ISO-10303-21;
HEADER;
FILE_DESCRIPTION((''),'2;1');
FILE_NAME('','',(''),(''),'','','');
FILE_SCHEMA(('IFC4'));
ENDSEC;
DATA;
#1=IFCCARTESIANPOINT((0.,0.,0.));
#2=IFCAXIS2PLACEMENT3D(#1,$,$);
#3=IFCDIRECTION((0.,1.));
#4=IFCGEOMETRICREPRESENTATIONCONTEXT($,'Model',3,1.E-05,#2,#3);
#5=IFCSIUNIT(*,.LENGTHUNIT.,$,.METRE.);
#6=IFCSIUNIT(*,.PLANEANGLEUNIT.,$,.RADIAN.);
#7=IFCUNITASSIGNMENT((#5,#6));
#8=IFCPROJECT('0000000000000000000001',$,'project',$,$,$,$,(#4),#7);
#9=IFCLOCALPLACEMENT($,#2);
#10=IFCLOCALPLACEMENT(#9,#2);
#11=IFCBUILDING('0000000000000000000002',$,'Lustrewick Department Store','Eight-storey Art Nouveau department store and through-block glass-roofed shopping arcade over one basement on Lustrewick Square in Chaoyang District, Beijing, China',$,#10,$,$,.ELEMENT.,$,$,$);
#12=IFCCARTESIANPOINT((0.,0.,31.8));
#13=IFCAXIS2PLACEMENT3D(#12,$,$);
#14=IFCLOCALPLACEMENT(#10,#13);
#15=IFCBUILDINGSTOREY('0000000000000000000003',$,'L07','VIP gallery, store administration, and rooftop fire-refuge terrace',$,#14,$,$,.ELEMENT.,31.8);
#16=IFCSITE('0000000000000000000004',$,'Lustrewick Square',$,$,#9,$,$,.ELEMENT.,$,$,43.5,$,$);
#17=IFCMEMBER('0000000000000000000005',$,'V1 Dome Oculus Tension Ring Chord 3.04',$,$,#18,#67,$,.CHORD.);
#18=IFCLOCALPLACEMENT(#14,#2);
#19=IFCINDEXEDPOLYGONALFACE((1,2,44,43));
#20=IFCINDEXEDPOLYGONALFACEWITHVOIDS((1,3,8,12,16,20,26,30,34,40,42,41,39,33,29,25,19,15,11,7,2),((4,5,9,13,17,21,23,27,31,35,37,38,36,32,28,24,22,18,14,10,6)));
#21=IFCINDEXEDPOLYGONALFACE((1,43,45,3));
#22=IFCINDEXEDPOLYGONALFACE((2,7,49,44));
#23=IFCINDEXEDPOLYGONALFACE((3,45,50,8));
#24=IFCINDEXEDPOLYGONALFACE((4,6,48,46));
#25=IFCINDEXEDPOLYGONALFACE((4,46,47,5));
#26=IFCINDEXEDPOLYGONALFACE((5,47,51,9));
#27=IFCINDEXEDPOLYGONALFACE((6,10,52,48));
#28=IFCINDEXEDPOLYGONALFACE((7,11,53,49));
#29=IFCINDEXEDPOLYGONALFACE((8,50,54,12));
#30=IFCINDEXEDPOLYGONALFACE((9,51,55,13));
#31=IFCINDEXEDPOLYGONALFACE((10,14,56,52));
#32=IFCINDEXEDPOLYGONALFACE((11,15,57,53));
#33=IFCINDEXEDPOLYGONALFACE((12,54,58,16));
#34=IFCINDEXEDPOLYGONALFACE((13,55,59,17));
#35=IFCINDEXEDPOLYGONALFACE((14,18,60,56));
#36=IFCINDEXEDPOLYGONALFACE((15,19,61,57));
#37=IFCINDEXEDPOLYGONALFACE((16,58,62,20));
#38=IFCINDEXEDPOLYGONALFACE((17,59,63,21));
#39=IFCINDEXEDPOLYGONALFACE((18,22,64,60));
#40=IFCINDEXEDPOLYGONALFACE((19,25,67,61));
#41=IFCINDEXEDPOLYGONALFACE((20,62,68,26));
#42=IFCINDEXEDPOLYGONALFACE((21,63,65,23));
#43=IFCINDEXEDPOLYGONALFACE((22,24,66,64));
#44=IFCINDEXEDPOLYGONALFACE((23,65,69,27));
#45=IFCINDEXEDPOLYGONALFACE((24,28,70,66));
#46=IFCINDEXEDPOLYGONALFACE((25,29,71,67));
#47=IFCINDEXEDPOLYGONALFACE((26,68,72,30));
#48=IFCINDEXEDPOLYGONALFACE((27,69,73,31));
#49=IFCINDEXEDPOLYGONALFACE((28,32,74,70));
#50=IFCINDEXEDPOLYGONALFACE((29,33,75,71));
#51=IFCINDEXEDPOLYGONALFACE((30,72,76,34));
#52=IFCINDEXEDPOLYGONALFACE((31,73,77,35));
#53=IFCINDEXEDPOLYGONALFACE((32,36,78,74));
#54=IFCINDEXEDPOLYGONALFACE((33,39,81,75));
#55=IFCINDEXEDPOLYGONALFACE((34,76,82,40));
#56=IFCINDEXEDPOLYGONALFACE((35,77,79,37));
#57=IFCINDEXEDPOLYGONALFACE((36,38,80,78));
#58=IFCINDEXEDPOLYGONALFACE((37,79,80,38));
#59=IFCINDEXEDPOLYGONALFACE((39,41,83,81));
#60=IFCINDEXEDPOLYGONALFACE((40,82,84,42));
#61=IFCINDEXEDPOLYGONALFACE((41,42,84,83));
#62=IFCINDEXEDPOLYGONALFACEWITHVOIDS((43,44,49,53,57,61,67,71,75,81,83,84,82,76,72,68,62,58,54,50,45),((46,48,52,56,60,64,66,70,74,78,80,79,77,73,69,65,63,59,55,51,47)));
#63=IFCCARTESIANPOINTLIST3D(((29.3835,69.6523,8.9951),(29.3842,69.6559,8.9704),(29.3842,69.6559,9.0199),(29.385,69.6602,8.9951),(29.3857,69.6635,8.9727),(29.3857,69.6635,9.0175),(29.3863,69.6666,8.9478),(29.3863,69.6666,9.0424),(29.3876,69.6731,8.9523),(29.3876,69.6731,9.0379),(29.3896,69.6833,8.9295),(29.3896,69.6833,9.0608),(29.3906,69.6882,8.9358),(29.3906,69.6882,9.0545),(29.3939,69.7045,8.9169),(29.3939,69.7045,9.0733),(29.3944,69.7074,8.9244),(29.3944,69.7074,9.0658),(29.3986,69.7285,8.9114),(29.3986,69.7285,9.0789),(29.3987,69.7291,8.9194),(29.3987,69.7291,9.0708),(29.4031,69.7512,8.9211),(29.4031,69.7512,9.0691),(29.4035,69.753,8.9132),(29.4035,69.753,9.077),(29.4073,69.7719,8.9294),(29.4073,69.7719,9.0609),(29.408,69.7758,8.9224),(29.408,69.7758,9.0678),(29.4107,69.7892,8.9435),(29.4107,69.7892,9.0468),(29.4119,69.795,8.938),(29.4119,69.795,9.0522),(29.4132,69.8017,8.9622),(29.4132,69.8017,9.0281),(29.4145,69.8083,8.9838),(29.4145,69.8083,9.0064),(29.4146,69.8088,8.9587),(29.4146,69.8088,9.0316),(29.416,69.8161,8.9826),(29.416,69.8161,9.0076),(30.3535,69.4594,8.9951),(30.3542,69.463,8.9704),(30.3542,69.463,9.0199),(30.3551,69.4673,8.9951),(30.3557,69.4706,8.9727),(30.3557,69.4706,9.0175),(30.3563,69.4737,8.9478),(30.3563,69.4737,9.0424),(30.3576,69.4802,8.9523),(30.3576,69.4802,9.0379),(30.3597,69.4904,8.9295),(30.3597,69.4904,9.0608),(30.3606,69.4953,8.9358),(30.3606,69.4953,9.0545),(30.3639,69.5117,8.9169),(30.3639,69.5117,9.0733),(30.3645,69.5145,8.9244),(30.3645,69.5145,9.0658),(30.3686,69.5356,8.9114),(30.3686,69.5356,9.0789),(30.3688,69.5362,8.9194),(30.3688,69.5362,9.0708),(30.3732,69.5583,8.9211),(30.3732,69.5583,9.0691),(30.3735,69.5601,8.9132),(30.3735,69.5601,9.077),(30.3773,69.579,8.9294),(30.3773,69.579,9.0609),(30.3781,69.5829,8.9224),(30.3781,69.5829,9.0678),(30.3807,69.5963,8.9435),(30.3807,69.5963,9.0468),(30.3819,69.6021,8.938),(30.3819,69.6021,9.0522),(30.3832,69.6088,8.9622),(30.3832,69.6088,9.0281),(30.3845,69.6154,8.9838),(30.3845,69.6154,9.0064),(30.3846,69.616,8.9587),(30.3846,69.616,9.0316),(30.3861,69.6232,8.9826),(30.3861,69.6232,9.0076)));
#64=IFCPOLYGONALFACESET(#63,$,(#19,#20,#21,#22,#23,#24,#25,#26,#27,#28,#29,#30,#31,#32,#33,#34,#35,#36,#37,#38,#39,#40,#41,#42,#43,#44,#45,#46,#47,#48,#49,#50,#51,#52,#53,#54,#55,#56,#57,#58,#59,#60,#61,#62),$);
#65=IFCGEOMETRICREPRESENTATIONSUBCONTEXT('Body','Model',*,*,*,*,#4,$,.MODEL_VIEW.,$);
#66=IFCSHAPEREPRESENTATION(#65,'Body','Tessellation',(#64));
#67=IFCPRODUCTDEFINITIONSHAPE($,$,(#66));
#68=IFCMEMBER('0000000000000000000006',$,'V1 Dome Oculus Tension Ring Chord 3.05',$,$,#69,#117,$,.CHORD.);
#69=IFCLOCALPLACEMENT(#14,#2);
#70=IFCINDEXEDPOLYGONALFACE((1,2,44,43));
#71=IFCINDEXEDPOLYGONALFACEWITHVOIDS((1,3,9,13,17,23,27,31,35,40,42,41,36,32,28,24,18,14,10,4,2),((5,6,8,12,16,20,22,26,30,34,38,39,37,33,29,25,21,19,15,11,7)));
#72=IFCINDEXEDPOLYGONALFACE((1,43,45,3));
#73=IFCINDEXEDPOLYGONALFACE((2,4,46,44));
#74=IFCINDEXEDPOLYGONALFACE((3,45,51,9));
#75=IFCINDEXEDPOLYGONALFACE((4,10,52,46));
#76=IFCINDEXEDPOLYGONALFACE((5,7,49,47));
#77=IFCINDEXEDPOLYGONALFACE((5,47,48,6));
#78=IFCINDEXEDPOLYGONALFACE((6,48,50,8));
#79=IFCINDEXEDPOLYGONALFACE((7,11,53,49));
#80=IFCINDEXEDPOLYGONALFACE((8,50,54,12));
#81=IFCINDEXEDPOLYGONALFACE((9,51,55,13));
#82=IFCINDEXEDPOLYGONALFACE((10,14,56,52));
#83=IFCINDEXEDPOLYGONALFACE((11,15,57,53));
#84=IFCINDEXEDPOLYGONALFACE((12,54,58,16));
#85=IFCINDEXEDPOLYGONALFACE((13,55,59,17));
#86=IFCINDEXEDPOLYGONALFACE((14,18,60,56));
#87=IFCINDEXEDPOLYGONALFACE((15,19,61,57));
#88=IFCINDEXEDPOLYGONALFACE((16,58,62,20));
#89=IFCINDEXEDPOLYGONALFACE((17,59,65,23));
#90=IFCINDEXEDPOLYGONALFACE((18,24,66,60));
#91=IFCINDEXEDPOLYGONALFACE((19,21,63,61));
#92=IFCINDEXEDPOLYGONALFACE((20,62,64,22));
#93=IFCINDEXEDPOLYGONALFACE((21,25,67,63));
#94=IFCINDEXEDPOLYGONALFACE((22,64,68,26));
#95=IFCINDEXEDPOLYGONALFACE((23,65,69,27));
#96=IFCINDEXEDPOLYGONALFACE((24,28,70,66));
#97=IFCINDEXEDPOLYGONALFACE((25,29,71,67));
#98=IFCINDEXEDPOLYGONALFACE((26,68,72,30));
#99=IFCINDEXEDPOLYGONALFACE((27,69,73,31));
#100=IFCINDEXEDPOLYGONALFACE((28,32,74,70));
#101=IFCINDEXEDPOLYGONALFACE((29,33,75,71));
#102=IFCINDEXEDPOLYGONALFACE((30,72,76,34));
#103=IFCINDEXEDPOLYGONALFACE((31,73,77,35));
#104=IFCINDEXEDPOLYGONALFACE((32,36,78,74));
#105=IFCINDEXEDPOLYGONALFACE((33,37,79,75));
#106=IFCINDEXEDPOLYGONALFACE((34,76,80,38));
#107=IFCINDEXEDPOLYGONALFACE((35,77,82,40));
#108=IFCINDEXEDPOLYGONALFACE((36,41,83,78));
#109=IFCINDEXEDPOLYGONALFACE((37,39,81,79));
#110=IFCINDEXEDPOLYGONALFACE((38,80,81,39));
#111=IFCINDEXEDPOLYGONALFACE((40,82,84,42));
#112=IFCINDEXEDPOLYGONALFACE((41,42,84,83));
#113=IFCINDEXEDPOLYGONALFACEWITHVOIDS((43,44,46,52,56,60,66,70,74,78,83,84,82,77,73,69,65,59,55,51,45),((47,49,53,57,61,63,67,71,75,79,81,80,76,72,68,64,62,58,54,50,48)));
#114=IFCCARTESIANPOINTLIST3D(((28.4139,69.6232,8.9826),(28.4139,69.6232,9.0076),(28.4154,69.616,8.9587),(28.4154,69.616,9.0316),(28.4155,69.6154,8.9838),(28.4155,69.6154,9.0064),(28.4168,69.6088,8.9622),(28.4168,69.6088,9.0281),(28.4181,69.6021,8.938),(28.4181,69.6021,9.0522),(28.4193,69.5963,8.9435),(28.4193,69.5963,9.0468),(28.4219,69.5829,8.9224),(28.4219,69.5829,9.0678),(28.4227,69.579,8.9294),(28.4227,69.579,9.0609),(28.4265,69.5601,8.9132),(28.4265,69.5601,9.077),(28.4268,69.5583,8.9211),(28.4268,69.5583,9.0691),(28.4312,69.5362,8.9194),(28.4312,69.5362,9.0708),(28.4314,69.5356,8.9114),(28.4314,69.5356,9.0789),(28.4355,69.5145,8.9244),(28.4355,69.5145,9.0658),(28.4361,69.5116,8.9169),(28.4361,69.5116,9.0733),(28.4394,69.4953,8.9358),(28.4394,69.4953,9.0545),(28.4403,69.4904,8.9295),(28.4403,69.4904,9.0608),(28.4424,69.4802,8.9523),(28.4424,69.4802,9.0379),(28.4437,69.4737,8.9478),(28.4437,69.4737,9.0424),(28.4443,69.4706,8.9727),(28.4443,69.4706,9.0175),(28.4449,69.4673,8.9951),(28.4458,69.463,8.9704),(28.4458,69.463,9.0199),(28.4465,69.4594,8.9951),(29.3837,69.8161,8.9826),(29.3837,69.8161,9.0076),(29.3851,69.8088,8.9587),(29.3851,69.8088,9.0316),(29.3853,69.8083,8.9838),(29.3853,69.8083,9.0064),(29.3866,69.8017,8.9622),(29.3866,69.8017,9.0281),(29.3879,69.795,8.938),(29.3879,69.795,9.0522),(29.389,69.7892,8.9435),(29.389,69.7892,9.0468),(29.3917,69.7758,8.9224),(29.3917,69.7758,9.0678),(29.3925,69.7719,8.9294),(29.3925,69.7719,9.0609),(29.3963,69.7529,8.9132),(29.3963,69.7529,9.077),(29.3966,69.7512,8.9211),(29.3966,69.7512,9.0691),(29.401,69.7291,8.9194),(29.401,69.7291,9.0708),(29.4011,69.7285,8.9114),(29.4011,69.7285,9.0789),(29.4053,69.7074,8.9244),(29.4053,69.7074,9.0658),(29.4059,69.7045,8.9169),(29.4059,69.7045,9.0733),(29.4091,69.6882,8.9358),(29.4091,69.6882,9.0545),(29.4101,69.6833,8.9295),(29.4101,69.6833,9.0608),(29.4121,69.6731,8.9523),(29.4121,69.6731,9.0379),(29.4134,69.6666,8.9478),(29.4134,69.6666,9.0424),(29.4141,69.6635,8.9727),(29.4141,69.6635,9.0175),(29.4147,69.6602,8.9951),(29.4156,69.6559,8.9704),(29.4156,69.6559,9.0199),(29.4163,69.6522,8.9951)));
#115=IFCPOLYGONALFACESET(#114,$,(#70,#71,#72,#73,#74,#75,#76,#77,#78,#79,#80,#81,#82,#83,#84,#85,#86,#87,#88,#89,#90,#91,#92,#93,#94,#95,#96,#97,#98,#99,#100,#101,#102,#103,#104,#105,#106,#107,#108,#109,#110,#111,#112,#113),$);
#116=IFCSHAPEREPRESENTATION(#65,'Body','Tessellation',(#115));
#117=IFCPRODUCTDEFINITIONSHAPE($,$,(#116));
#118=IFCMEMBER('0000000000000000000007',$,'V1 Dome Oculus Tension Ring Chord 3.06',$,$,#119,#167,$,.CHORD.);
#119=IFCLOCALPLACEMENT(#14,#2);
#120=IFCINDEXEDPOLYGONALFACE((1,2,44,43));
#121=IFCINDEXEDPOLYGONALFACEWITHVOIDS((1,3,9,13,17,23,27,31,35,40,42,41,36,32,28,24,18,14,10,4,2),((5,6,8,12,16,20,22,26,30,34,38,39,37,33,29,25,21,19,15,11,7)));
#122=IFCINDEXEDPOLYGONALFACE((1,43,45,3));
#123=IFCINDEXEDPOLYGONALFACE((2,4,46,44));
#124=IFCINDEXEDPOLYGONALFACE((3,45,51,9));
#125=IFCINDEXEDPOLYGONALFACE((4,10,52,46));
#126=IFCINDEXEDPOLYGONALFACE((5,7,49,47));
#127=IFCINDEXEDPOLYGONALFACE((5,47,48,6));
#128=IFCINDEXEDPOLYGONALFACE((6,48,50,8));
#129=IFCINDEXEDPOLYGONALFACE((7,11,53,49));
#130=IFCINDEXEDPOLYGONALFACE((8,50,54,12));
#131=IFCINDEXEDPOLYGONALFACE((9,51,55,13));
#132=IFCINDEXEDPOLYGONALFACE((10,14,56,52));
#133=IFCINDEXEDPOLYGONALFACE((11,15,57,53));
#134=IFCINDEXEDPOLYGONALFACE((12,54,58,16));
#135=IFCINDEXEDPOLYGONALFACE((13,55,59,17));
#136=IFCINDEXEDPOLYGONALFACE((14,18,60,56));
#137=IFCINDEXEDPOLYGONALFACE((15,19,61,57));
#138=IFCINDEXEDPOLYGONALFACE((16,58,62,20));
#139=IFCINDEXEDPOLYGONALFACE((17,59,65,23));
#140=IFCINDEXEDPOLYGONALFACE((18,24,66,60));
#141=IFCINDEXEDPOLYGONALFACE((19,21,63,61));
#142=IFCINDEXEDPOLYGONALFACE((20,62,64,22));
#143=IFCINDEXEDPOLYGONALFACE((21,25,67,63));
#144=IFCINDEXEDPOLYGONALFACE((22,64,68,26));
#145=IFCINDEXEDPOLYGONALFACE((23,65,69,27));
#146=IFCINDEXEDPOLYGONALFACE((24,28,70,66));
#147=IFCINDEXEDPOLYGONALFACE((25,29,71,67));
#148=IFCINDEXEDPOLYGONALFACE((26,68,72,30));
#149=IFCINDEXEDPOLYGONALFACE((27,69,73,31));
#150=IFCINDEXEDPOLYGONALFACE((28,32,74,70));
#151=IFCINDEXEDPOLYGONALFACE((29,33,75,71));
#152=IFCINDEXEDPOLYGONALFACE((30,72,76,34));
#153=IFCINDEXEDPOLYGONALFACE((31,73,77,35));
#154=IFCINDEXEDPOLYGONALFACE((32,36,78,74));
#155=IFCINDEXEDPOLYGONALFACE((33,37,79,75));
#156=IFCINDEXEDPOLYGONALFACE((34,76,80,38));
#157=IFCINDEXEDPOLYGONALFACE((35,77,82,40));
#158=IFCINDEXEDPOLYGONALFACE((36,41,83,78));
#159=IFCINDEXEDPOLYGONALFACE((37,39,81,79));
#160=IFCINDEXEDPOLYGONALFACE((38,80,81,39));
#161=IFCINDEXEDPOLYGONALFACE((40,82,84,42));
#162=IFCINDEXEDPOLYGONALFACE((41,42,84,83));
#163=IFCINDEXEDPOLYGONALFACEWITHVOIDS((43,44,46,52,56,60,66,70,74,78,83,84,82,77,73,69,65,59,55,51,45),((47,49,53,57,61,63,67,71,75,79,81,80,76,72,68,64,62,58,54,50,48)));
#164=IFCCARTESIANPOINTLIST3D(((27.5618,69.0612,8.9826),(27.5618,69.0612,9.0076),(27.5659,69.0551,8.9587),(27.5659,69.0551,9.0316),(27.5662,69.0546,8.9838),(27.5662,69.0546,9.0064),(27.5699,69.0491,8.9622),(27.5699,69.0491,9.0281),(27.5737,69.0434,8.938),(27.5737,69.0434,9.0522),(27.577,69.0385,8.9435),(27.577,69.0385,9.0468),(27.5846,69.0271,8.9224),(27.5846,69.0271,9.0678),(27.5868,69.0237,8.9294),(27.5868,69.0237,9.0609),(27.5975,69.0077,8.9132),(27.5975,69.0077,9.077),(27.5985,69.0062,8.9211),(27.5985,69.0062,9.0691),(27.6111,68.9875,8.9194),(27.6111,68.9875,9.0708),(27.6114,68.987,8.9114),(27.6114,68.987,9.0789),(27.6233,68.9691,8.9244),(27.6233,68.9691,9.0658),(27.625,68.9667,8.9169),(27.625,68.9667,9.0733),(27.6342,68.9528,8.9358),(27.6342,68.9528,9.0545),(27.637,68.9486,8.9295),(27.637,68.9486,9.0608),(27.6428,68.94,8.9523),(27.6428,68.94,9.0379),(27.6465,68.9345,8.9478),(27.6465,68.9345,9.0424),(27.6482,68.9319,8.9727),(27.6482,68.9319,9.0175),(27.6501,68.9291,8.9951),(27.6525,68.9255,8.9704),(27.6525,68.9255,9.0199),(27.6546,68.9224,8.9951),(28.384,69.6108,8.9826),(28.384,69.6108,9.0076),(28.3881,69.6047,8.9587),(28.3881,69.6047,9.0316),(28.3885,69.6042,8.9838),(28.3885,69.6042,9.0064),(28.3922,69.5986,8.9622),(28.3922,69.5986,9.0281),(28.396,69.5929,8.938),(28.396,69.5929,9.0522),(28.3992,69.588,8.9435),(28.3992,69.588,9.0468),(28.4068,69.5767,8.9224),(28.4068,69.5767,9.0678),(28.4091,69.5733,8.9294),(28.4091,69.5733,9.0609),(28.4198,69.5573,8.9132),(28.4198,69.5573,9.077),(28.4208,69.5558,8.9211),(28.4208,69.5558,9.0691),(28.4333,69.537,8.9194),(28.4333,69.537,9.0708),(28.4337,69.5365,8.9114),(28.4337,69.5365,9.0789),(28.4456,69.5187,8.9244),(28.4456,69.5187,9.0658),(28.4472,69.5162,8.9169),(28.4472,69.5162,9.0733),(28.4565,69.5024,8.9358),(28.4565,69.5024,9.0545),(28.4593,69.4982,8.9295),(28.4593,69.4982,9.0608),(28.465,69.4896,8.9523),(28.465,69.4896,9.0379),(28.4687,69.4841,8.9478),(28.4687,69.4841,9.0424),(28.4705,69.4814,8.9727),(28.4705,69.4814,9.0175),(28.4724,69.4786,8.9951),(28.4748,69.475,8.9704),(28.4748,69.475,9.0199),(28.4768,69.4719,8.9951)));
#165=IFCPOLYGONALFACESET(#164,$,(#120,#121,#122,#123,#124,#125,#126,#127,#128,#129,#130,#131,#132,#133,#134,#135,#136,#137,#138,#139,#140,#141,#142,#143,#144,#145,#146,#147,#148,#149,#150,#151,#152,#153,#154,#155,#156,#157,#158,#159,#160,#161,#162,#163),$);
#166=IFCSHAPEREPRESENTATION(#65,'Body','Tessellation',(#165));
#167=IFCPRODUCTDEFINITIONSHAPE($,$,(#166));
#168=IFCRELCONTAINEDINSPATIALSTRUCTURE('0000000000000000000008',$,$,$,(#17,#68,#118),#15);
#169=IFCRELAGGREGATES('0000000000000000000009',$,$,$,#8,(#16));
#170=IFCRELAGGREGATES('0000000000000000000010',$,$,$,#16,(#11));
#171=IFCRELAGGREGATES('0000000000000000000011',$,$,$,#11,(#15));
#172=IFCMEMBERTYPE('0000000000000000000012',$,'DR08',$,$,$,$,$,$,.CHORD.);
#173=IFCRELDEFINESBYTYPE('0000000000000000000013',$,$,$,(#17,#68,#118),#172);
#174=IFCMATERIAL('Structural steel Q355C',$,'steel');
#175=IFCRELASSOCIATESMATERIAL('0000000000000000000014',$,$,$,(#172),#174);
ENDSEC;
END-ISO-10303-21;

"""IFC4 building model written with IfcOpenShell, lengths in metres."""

from ifc_helpers import new_model, si_unit, direction, frame, origin, origin_2d, place, context, subcontext, project, spatial, hollow_circle, extrude, material, material_profile, profile_set, type_object, element, save


model = new_model("IFC4")

# Units and contexts
model_context = context("Model", 3, precision=1e-05, world=origin(), true_north=direction((0.0, 1.0)))
body_context = subcontext(model_context, "Body", "Model", "MODEL_VIEW")
ifc_project = project(units=[si_unit("LENGTHUNIT", "METRE"), si_unit("PLANEANGLEUNIT", "RADIAN")], contexts=[model_context])

# Site, building, storey
site_placement = place(None, origin())
site = spatial("IfcSite", under=ifc_project, at=site_placement, Name="Lustrewick Square", CompositionType="ELEMENT", RefElevation=43.5)
building_placement = place(site_placement, origin())
building = spatial("IfcBuilding", under=site, at=building_placement, Name="Lustrewick Department Store", Description="Eight-storey Art Nouveau department store and through-block glass-roofed shopping arcade over one basement on Lustrewick Square in Chaoyang District, Beijing, China", CompositionType="ELEMENT")
storey_placement = place(building_placement, frame((0.0, 0.0, 31.8)))
storey = spatial("IfcBuildingStorey", under=building, at=storey_placement, Name="L07", Description="VIP gallery, store administration, and rooftop fire-refuge terrace", CompositionType="ELEMENT", Elevation=31.8)

# Members
ifc_material = material(Name="Structural steel Q355C", Category="steel")
ifc_material_profile_1 = material_profile(ifc_material, hollow_circle(Radius=0.084, WallThickness=0.0081, at=origin_2d()), Name="CHS 168x8")
ifc_profile_set_1 = profile_set([ifc_material_profile_1], Name="Structural steel Q355C")
member_type_1 = type_object("IfcMemberType", Name="DR08", PredefinedType="CHORD", material=ifc_profile_set_1)
for number, where, z_axis, x_axis, name in (
    (1, (30.3699, 69.5417, 8.9951), (-0.980798, 0.195024, 0.0), (-0.195024, -0.980798, 0.0), "V1 Dome Oculus Tension Ring Chord 3.04"),
):
    element("IfcMember", number, at=place(storey_placement, frame(where, z_axis=z_axis, x_axis=x_axis)), inside=storey, type_object=member_type_1, Name=name, PredefinedType="CHORD", context=body_context, shape_type="SweptSolid", body=[
        extrude(hollow_circle(Radius=0.084, WallThickness=0.0081, at=origin_2d()), origin(), (0.0, 0.0, 1.0), 0.989),
    ])
member_1_placement = place(storey_placement, frame((29.3999, 69.7346, 8.9951), z_axis=(-0.980789, -0.195071, 0.0), x_axis=(0.195071, -0.980789, 0.0)))
element("IfcMember", 2, at=member_1_placement, inside=storey, type_object=member_type_1, Name="V1 Dome Oculus Tension Ring Chord 3.05", PredefinedType="CHORD", context=body_context, shape_type="SweptSolid", body=[
    extrude(hollow_circle(Radius=0.084, WallThickness=0.0081, at=origin_2d()), origin(), (0.0, 0.0, 1.0), 0.9888),
])
member_2_placement = place(storey_placement, frame((28.4302, 69.5417, 8.9951), z_axis=(-0.831404, -0.555668, 0.0), x_axis=(0.555668, -0.831404, 0.0)))
element("IfcMember", 3, at=member_2_placement, inside=storey, type_object=member_type_1, Name="V1 Dome Oculus Tension Ring Chord 3.06", PredefinedType="CHORD", context=body_context, shape_type="SweptSolid", body=[
    extrude(hollow_circle(Radius=0.084, WallThickness=0.0081, at=origin_2d()), origin(), (0.0, 0.0, 1.0), 0.989),
])

save(model, "model.ifc")
